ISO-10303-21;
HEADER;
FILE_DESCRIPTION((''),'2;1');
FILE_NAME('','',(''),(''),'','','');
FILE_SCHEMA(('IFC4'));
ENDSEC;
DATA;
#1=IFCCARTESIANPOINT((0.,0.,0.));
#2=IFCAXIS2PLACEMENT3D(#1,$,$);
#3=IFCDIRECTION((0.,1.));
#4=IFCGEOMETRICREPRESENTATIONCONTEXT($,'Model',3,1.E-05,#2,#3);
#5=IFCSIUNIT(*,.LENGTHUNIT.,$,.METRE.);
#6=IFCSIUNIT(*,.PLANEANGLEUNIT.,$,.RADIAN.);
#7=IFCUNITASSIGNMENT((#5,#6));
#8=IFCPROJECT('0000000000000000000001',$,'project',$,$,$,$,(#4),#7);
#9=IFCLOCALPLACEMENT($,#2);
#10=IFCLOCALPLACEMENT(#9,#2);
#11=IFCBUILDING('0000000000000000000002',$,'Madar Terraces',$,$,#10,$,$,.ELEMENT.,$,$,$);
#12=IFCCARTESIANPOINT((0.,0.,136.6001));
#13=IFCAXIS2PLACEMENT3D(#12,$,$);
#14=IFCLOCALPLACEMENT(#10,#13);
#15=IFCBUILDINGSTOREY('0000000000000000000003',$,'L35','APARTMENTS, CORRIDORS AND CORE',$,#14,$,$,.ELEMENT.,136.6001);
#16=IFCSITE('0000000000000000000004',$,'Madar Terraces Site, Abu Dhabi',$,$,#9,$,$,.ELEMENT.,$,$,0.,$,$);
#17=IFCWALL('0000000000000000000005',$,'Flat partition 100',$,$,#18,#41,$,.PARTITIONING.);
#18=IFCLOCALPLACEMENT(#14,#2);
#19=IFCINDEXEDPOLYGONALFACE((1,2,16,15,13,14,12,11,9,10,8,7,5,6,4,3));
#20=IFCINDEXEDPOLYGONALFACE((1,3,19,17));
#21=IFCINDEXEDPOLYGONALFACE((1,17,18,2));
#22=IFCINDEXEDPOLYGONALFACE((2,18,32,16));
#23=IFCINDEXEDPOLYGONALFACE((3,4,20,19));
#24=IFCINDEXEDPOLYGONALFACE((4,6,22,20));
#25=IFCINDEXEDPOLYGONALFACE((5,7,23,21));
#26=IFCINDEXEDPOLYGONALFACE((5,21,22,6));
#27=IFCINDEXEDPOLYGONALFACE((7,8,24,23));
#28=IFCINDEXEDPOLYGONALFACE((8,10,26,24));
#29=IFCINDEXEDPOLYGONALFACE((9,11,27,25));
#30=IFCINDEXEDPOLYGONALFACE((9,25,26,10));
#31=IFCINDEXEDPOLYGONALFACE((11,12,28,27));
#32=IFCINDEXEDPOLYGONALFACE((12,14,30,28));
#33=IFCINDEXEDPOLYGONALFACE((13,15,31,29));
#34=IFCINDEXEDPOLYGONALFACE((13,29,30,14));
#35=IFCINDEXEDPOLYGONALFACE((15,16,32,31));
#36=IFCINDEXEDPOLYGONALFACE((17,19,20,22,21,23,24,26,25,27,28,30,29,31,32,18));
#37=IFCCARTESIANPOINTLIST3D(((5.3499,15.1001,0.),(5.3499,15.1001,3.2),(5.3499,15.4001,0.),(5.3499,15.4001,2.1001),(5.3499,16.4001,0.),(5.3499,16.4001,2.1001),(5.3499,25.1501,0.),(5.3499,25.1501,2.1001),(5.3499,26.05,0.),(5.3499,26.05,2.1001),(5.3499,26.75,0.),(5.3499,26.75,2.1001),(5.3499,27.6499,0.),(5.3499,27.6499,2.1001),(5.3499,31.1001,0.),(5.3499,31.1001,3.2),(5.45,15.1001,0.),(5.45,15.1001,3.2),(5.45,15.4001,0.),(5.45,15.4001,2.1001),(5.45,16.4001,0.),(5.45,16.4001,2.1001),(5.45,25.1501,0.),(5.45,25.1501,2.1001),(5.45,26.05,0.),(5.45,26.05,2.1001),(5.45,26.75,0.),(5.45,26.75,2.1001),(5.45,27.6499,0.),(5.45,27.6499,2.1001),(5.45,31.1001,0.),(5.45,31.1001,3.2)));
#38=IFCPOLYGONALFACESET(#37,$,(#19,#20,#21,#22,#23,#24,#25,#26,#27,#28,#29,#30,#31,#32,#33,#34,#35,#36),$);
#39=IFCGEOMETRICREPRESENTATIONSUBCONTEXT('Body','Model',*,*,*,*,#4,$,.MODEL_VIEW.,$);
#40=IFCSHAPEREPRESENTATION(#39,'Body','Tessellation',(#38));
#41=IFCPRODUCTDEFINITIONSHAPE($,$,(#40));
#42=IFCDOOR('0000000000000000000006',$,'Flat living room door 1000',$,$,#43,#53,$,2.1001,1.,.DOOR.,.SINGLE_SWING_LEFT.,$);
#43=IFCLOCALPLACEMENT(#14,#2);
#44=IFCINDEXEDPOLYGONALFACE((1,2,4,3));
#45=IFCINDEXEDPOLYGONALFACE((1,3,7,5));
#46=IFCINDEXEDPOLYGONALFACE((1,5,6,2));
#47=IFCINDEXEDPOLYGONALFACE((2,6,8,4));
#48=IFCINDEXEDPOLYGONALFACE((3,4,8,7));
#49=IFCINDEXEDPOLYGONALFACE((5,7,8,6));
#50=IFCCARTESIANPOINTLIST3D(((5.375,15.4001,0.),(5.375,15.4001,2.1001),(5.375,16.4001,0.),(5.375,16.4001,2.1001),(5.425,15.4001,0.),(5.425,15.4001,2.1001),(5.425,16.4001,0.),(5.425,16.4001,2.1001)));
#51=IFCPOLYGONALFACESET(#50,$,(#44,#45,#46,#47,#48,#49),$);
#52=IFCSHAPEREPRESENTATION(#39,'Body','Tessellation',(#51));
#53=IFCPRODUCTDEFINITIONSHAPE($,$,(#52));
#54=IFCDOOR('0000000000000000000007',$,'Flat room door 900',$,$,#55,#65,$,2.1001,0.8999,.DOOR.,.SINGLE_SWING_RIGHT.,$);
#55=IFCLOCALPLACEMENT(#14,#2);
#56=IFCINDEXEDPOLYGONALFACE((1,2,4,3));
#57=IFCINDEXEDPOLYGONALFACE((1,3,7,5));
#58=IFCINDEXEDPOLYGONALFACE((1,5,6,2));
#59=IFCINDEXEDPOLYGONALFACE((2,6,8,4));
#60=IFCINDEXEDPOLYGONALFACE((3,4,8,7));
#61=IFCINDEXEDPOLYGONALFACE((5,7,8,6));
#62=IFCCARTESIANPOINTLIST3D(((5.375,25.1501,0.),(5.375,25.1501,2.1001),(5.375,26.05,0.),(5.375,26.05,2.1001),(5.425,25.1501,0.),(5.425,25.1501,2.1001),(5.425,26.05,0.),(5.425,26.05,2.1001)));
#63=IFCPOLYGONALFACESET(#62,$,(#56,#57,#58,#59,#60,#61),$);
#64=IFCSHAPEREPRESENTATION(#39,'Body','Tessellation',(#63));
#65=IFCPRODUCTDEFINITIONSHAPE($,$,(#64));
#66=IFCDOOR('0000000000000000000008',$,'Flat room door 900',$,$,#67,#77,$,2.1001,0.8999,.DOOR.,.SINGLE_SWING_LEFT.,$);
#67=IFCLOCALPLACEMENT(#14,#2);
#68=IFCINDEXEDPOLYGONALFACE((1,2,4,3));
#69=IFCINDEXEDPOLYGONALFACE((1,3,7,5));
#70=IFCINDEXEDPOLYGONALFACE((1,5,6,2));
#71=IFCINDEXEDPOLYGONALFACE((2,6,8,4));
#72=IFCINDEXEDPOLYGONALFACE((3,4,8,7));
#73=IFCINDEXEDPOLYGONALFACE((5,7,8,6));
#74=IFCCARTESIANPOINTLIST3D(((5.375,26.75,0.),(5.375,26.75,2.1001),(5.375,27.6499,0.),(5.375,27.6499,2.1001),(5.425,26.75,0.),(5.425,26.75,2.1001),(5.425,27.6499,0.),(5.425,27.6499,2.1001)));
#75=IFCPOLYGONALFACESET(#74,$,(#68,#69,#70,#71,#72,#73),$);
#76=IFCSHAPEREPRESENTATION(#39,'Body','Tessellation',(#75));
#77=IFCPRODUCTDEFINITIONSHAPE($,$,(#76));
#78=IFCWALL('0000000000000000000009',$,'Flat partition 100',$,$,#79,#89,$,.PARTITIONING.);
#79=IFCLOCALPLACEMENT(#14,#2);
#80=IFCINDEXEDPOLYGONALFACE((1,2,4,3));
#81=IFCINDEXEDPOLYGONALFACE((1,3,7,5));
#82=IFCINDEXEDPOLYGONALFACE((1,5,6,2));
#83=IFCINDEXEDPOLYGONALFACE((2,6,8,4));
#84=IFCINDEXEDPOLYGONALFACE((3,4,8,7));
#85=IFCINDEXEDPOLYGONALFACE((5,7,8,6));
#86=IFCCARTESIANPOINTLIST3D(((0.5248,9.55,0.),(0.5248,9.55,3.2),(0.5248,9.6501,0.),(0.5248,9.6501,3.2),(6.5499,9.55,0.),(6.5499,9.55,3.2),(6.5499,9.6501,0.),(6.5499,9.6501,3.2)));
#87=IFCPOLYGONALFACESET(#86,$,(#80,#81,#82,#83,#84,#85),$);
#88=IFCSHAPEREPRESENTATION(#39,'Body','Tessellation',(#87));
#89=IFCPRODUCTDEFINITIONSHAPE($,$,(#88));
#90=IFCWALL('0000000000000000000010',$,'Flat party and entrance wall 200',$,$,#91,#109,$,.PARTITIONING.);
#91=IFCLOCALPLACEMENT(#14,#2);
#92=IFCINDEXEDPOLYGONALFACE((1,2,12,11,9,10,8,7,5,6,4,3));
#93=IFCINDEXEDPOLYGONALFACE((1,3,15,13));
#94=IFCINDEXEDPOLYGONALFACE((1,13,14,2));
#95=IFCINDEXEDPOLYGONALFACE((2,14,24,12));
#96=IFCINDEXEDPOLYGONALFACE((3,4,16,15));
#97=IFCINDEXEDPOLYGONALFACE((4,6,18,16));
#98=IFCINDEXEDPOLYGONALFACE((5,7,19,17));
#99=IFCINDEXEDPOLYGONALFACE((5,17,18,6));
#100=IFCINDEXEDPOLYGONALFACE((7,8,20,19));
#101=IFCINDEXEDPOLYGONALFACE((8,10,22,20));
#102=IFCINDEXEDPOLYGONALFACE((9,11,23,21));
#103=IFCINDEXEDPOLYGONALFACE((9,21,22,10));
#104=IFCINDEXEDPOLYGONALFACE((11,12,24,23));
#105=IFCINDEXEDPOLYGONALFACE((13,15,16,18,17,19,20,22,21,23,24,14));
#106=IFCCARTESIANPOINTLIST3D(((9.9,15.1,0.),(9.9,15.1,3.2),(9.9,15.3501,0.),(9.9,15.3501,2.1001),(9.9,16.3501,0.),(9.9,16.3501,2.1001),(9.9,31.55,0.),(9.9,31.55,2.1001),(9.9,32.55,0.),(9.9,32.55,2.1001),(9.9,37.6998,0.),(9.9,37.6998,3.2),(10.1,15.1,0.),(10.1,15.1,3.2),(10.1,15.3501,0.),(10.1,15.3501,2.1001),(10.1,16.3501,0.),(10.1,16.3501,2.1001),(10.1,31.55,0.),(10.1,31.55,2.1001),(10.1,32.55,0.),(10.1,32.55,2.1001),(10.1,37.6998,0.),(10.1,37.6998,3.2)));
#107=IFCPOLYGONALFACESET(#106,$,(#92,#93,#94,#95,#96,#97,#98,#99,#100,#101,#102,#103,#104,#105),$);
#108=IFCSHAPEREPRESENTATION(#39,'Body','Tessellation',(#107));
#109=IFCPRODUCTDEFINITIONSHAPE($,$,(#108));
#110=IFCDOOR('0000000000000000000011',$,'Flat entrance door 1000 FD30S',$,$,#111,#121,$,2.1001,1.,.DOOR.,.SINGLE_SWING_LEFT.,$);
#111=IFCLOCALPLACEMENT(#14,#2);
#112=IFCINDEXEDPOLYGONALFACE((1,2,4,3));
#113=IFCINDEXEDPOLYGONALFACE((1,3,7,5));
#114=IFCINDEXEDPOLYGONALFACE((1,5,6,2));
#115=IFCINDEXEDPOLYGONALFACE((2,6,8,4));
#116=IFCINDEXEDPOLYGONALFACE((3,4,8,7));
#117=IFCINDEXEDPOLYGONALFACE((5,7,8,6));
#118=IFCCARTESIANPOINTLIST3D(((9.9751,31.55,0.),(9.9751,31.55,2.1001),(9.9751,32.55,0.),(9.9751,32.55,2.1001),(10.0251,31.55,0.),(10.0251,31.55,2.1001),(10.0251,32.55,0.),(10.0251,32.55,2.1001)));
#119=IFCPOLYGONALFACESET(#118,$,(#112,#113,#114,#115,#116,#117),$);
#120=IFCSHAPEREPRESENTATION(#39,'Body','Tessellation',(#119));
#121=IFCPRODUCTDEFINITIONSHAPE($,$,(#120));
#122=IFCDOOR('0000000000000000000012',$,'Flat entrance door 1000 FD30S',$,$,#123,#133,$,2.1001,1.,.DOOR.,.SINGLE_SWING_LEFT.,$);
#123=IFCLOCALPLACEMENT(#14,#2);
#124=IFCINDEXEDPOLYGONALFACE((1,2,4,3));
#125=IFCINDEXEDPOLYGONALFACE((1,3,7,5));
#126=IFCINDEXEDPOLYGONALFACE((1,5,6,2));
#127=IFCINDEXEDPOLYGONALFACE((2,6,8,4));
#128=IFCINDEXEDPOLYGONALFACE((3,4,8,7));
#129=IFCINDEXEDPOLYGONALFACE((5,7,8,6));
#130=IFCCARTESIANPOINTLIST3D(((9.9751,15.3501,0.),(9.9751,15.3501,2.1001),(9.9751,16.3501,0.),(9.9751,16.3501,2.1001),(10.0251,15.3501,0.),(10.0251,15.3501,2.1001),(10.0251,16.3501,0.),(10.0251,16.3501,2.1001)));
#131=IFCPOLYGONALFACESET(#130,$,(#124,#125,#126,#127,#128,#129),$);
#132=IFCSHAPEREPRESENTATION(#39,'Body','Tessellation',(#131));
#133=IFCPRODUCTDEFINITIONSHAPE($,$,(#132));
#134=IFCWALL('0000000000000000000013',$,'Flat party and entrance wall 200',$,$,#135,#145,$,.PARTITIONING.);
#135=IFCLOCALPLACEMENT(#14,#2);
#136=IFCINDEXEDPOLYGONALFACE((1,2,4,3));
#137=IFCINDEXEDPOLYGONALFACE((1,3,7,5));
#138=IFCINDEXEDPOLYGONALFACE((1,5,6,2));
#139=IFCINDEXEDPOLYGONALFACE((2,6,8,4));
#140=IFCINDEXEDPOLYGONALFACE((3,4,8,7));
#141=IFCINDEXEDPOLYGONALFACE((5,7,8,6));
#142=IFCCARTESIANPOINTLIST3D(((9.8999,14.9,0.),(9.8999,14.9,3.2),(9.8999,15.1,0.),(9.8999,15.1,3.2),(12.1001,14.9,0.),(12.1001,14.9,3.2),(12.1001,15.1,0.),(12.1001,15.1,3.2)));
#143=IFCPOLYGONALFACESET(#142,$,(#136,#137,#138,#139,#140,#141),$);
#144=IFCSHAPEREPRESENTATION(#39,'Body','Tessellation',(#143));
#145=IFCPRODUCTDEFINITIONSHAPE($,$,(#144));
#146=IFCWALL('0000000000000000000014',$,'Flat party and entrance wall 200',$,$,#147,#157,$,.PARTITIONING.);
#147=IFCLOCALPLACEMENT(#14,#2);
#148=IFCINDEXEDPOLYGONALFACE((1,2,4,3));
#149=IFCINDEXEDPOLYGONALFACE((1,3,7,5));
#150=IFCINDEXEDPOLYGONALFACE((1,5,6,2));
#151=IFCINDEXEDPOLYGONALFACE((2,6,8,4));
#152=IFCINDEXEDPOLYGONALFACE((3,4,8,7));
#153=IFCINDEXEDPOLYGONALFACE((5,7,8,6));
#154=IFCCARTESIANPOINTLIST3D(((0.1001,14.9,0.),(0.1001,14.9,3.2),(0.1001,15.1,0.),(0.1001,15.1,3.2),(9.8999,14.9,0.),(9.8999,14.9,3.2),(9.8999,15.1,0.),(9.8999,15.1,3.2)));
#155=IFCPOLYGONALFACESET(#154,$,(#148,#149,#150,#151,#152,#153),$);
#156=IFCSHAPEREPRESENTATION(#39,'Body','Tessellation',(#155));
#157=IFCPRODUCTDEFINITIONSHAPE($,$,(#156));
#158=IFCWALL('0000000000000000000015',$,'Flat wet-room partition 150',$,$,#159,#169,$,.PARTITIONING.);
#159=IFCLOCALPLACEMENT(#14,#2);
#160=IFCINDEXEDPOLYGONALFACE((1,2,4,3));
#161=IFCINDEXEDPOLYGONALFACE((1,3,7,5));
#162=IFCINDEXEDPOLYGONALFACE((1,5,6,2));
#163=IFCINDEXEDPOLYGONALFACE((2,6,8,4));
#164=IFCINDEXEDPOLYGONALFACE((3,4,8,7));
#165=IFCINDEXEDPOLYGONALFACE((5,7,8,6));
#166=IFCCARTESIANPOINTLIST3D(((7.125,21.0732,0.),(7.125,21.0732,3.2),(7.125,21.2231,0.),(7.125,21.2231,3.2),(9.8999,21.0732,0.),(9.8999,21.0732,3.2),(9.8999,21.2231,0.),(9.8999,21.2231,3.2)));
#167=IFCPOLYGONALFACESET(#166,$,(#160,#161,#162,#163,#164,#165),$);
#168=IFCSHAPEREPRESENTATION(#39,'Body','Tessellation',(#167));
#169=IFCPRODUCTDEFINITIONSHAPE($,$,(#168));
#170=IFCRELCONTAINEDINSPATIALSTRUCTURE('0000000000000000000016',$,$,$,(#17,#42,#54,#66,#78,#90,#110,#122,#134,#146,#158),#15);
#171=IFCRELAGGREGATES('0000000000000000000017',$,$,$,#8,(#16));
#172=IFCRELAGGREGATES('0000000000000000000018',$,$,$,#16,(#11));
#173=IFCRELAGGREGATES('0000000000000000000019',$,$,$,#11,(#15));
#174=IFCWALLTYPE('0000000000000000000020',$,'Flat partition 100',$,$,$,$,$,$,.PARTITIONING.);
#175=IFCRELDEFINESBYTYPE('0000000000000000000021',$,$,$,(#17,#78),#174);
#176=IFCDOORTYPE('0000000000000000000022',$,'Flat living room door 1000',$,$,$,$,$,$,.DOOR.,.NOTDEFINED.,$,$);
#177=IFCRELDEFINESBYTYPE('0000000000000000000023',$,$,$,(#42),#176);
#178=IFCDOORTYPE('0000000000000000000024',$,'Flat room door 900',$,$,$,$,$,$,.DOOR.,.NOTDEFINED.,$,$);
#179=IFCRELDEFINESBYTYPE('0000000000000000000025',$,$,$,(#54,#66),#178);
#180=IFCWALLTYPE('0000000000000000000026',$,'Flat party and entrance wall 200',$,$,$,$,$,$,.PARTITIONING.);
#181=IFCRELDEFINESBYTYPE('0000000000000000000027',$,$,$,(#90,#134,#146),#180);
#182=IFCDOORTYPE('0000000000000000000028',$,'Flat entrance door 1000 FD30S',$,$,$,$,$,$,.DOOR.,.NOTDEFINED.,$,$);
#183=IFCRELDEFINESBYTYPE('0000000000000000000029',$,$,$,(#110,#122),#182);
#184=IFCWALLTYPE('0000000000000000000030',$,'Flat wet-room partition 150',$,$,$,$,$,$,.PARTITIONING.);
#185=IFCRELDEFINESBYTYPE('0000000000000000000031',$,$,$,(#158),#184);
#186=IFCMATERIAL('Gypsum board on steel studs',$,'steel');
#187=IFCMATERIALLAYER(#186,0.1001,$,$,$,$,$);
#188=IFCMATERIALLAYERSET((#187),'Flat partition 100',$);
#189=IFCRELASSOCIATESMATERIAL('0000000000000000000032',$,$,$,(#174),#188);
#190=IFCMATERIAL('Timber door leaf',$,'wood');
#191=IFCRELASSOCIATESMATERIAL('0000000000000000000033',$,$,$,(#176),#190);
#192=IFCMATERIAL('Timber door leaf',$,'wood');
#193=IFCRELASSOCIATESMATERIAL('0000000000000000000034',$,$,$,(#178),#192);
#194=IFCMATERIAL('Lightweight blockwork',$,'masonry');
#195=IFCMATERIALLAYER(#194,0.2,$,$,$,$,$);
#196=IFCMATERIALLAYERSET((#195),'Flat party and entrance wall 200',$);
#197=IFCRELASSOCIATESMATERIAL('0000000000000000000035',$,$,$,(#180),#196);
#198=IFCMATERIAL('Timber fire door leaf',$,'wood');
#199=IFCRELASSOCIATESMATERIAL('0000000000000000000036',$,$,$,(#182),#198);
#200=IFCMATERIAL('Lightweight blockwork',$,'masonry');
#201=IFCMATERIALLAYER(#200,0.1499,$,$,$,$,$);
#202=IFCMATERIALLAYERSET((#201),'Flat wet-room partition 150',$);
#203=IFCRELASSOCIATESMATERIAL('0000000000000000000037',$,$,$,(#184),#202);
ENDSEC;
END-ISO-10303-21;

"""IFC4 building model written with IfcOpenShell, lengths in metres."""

from ifc_helpers import new_model, si_unit, direction, frame, frame_2d, origin, place, context, subcontext, project, spatial, rectangle, extrude, material, layer, layer_set, type_object, element, fill, save


model = new_model("IFC4")

# Units and contexts
model_context = context("Model", 3, precision=1e-05, world=origin(), true_north=direction((0.0, 1.0)))
body_context = subcontext(model_context, "Body", "Model", "MODEL_VIEW")
ifc_project = project(units=[si_unit("LENGTHUNIT", "METRE"), si_unit("PLANEANGLEUNIT", "RADIAN")], contexts=[model_context])

# Site, building, storey
site_placement = place(None, origin())
site = spatial("IfcSite", under=ifc_project, at=site_placement, Name="Madar Terraces Site, Abu Dhabi", CompositionType="ELEMENT", RefElevation=0.0)
building_placement = place(site_placement, origin())
building = spatial("IfcBuilding", under=site, at=building_placement, Name="Madar Terraces", CompositionType="ELEMENT")
storey_placement = place(building_placement, frame((0.0, 0.0, 136.6001)))
storey = spatial("IfcBuildingStorey", under=building, at=storey_placement, Name="L35", Description="APARTMENTS, CORRIDORS AND CORE", CompositionType="ELEMENT", Elevation=136.6001)

# Shared definitions
ifc_material_1 = material(Name="Gypsum board on steel studs", Category="steel")
ifc_layer_1 = layer(ifc_material_1, 0.1001)
ifc_layer_set_1 = layer_set([ifc_layer_1], Name="Flat partition 100")
wall_type_1 = type_object("IfcWallType", Name="Flat partition 100", PredefinedType="PARTITIONING", material=ifc_layer_set_1)

# Wall, openings, doors
wall_1_placement = place(storey_placement, frame((5.3999, 15.1001, 0.0), z_axis=(0.0, 0.0, 1.0), x_axis=(0.0, 1.0, 0.0)))
wall_1 = element("IfcWall", 1, at=wall_1_placement, inside=storey, type_object=wall_type_1, Name="Flat partition 100", PredefinedType="PARTITIONING", context=body_context, shape_type="SweptSolid", body=[
    extrude(rectangle(XDim=16.0, YDim=0.1001, at=frame_2d((8.0, 0.0))), origin(), (0.0, 0.0, 1.0), 3.2),
])
opening_1_placement = place(wall_1_placement, frame((0.3, 0.0, 0.0)))
opening_1 = element("IfcOpeningElement", 2, at=opening_1_placement, cuts=wall_1, PredefinedType="OPENING", context=body_context, shape_type="SweptSolid", body=[
    extrude(rectangle(XDim=1.0, YDim=2.1001, at=frame_2d((0.5, 1.05))), frame((0.0, 0.0601, 0.0), z_axis=(0.0, -1.0, 0.0), x_axis=(1.0, 0.0, 0.0)), (0.0, 0.0, 1.0), 0.1201),
])
opening_2_placement = place(wall_1_placement, frame((10.05, 0.0, 0.0)))
opening_2 = element("IfcOpeningElement", 3, at=opening_2_placement, cuts=wall_1, PredefinedType="OPENING", context=body_context, shape_type="SweptSolid", body=[
    extrude(rectangle(XDim=0.8999, YDim=2.1001, at=frame_2d((0.45, 1.05))), frame((0.0, 0.0601, 0.0), z_axis=(0.0, -1.0, 0.0), x_axis=(1.0, 0.0, 0.0)), (0.0, 0.0, 1.0), 0.1201),
])
opening_3_placement = place(wall_1_placement, frame((11.6499, 0.0, 0.0)))
opening_3 = element("IfcOpeningElement", 4, at=opening_3_placement, cuts=wall_1, PredefinedType="OPENING", context=body_context, shape_type="SweptSolid", body=[
    extrude(rectangle(XDim=0.8999, YDim=2.1001, at=frame_2d((0.45, 1.05))), frame((0.0, 0.0601, 0.0), z_axis=(0.0, -1.0, 0.0), x_axis=(1.0, 0.0, 0.0)), (0.0, 0.0, 1.0), 0.1201),
])
ifc_material_2 = material(Name="Timber door leaf", Category="wood")
door_type_1 = type_object("IfcDoorType", Name="Flat living room door 1000", OperationType="NOTDEFINED", PredefinedType="DOOR", material=ifc_material_2)
door_1_placement = place(opening_1_placement, origin())
door_1 = element("IfcDoor", 5, at=door_1_placement, inside=storey, type_object=door_type_1, Name="Flat living room door 1000", OperationType="SINGLE_SWING_LEFT", OverallHeight=2.1001, OverallWidth=1.0, PredefinedType="DOOR", context=body_context, shape_type="SweptSolid", body=[
    extrude(rectangle(XDim=1.0, YDim=2.1001, at=frame_2d((0.5, 1.05))), frame((0.0, 0.0249, 0.0), z_axis=(0.0, -1.0, 0.0), x_axis=(1.0, 0.0, 0.0)), (0.0, 0.0, 1.0), 0.05),
])
fill(opening_1, door_1)
ifc_material_3 = material(Name="Timber door leaf", Category="wood")
door_type_2 = type_object("IfcDoorType", Name="Flat room door 900", OperationType="NOTDEFINED", PredefinedType="DOOR", material=ifc_material_3)
door_2_placement = place(opening_2_placement, origin())
door_2 = element("IfcDoor", 6, at=door_2_placement, inside=storey, type_object=door_type_2, Name="Flat room door 900", OperationType="SINGLE_SWING_RIGHT", OverallHeight=2.1001, OverallWidth=0.8999, PredefinedType="DOOR", context=body_context, shape_type="SweptSolid", body=[
    extrude(rectangle(XDim=0.8999, YDim=2.1001, at=frame_2d((0.45, 1.05))), frame((0.0, 0.0249, 0.0), z_axis=(0.0, -1.0, 0.0), x_axis=(1.0, 0.0, 0.0)), (0.0, 0.0, 1.0), 0.05),
])
fill(opening_2, door_2)
door_3_placement = place(opening_3_placement, origin())
door_3 = element("IfcDoor", 7, at=door_3_placement, inside=storey, type_object=door_type_2, Name="Flat room door 900", OperationType="SINGLE_SWING_LEFT", OverallHeight=2.1001, OverallWidth=0.8999, PredefinedType="DOOR", context=body_context, shape_type="SweptSolid", body=[
    extrude(rectangle(XDim=0.8999, YDim=2.1001, at=frame_2d((0.45, 1.05))), frame((0.0, 0.0249, 0.0), z_axis=(0.0, -1.0, 0.0), x_axis=(1.0, 0.0, 0.0)), (0.0, 0.0, 1.0), 0.05),
])
fill(opening_3, door_3)

# Wall
wall_2_placement = place(storey_placement, frame((6.55, 9.6001, 0.0), z_axis=(0.0, 0.0, 1.0), x_axis=(-1.0, 0.0, 0.0)))
element("IfcWall", 8, at=wall_2_placement, inside=storey, type_object=wall_type_1, Name="Flat partition 100", PredefinedType="PARTITIONING", context=body_context, shape_type="SweptSolid", body=[
    extrude(rectangle(XDim=6.0251, YDim=0.1001, at=frame_2d((3.0127, 0.0))), origin(), (0.0, 0.0, 1.0), 3.2),
])

# Wall, openings, doors
ifc_material_4 = material(Name="Lightweight blockwork", Category="masonry")
ifc_layer_2 = layer(ifc_material_4, 0.2)
ifc_layer_set_2 = layer_set([ifc_layer_2], Name="Flat party and entrance wall 200")
wall_type_2 = type_object("IfcWallType", Name="Flat party and entrance wall 200", PredefinedType="PARTITIONING", material=ifc_layer_set_2)
wall_3_placement = place(storey_placement, frame((10.0, 15.1001, 0.0), z_axis=(0.0, 0.0, 1.0), x_axis=(0.0, 1.0, 0.0)))
wall_3 = element("IfcWall", 9, at=wall_3_placement, inside=storey, type_object=wall_type_2, Name="Flat party and entrance wall 200", PredefinedType="PARTITIONING", context=body_context, shape_type="SweptSolid", body=[
    extrude(rectangle(XDim=22.5999, YDim=0.2, at=frame_2d((11.2998, 0.0))), origin(), (0.0, 0.0, 1.0), 3.2),
])
opening_4_placement = place(wall_3_placement, frame((16.45, 0.0, 0.0)))
opening_4 = element("IfcOpeningElement", 10, at=opening_4_placement, cuts=wall_3, PredefinedType="OPENING", context=body_context, shape_type="SweptSolid", body=[
    extrude(rectangle(XDim=1.0, YDim=2.1001, at=frame_2d((0.5, 1.05))), frame((0.0, 0.1099, 0.0), z_axis=(0.0, -1.0, 0.0), x_axis=(1.0, 0.0, 0.0)), (0.0, 0.0, 1.0), 0.22),
])
opening_5_placement = place(wall_3_placement, frame((0.25, 0.0, 0.0)))
opening_5 = element("IfcOpeningElement", 11, at=opening_5_placement, cuts=wall_3, PredefinedType="OPENING", context=body_context, shape_type="SweptSolid", body=[
    extrude(rectangle(XDim=1.0, YDim=2.1001, at=frame_2d((0.5, 1.05))), frame((0.0, 0.1099, 0.0), z_axis=(0.0, -1.0, 0.0), x_axis=(1.0, 0.0, 0.0)), (0.0, 0.0, 1.0), 0.22),
])
ifc_material_5 = material(Name="Timber fire door leaf", Category="wood")
door_type_3 = type_object("IfcDoorType", Name="Flat entrance door 1000 FD30S", OperationType="NOTDEFINED", PredefinedType="DOOR", material=ifc_material_5)
door_4_placement = place(opening_4_placement, origin())
door_4 = element("IfcDoor", 12, at=door_4_placement, inside=storey, type_object=door_type_3, Name="Flat entrance door 1000 FD30S", OperationType="SINGLE_SWING_LEFT", OverallHeight=2.1001, OverallWidth=1.0, PredefinedType="DOOR", context=body_context, shape_type="SweptSolid", body=[
    extrude(rectangle(XDim=1.0, YDim=2.1001, at=frame_2d((0.5, 1.05))), frame((0.0, 0.0249, 0.0), z_axis=(0.0, -1.0, 0.0), x_axis=(1.0, 0.0, 0.0)), (0.0, 0.0, 1.0), 0.05),
])
fill(opening_4, door_4)
door_5_placement = place(opening_5_placement, origin())
door_5 = element("IfcDoor", 13, at=door_5_placement, inside=storey, type_object=door_type_3, Name="Flat entrance door 1000 FD30S", OperationType="SINGLE_SWING_LEFT", OverallHeight=2.1001, OverallWidth=1.0, PredefinedType="DOOR", context=body_context, shape_type="SweptSolid", body=[
    extrude(rectangle(XDim=1.0, YDim=2.1001, at=frame_2d((0.5, 1.05))), frame((0.0, 0.0249, 0.0), z_axis=(0.0, -1.0, 0.0), x_axis=(1.0, 0.0, 0.0)), (0.0, 0.0, 1.0), 0.05),
])
fill(opening_5, door_5)

# Walls
wall_4_placement = place(storey_placement, frame((9.8999, 15.0, 0.0), z_axis=(0.0, 0.0, 1.0), x_axis=(1.0, 0.0, 0.0)))
element("IfcWall", 14, at=wall_4_placement, inside=storey, type_object=wall_type_2, Name="Flat party and entrance wall 200", PredefinedType="PARTITIONING", context=body_context, shape_type="SweptSolid", body=[
    extrude(rectangle(XDim=2.2002, YDim=0.2, at=frame_2d((1.1001, 0.0))), origin(), (0.0, 0.0, 1.0), 3.2),
])
wall_5_placement = place(storey_placement, frame((0.1001, 15.0, 0.0), z_axis=(0.0, 0.0, 1.0), x_axis=(1.0, 0.0, 0.0)))
element("IfcWall", 15, at=wall_5_placement, inside=storey, type_object=wall_type_2, Name="Flat party and entrance wall 200", PredefinedType="PARTITIONING", context=body_context, shape_type="SweptSolid", body=[
    extrude(rectangle(XDim=9.7998, YDim=0.2, at=frame_2d((4.8999, 0.0))), origin(), (0.0, 0.0, 1.0), 3.2),
])
ifc_material_6 = material(Name="Lightweight blockwork", Category="masonry")
ifc_layer_3 = layer(ifc_material_6, 0.1499)
ifc_layer_set_3 = layer_set([ifc_layer_3], Name="Flat wet-room partition 150")
wall_type_3 = type_object("IfcWallType", Name="Flat wet-room partition 150", PredefinedType="PARTITIONING", material=ifc_layer_set_3)
wall_6_placement = place(storey_placement, frame((9.8999, 21.1482, 0.0), z_axis=(0.0, 0.0, 1.0), x_axis=(-1.0, 0.0, 0.0)))
element("IfcWall", 16, at=wall_6_placement, inside=storey, type_object=wall_type_3, Name="Flat wet-room partition 150", PredefinedType="PARTITIONING", context=body_context, shape_type="SweptSolid", body=[
    extrude(rectangle(XDim=2.7749, YDim=0.1499, at=frame_2d((1.3875, 0.0))), origin(), (0.0, 0.0, 1.0), 3.2),
])

save(model, "model.ifc")
